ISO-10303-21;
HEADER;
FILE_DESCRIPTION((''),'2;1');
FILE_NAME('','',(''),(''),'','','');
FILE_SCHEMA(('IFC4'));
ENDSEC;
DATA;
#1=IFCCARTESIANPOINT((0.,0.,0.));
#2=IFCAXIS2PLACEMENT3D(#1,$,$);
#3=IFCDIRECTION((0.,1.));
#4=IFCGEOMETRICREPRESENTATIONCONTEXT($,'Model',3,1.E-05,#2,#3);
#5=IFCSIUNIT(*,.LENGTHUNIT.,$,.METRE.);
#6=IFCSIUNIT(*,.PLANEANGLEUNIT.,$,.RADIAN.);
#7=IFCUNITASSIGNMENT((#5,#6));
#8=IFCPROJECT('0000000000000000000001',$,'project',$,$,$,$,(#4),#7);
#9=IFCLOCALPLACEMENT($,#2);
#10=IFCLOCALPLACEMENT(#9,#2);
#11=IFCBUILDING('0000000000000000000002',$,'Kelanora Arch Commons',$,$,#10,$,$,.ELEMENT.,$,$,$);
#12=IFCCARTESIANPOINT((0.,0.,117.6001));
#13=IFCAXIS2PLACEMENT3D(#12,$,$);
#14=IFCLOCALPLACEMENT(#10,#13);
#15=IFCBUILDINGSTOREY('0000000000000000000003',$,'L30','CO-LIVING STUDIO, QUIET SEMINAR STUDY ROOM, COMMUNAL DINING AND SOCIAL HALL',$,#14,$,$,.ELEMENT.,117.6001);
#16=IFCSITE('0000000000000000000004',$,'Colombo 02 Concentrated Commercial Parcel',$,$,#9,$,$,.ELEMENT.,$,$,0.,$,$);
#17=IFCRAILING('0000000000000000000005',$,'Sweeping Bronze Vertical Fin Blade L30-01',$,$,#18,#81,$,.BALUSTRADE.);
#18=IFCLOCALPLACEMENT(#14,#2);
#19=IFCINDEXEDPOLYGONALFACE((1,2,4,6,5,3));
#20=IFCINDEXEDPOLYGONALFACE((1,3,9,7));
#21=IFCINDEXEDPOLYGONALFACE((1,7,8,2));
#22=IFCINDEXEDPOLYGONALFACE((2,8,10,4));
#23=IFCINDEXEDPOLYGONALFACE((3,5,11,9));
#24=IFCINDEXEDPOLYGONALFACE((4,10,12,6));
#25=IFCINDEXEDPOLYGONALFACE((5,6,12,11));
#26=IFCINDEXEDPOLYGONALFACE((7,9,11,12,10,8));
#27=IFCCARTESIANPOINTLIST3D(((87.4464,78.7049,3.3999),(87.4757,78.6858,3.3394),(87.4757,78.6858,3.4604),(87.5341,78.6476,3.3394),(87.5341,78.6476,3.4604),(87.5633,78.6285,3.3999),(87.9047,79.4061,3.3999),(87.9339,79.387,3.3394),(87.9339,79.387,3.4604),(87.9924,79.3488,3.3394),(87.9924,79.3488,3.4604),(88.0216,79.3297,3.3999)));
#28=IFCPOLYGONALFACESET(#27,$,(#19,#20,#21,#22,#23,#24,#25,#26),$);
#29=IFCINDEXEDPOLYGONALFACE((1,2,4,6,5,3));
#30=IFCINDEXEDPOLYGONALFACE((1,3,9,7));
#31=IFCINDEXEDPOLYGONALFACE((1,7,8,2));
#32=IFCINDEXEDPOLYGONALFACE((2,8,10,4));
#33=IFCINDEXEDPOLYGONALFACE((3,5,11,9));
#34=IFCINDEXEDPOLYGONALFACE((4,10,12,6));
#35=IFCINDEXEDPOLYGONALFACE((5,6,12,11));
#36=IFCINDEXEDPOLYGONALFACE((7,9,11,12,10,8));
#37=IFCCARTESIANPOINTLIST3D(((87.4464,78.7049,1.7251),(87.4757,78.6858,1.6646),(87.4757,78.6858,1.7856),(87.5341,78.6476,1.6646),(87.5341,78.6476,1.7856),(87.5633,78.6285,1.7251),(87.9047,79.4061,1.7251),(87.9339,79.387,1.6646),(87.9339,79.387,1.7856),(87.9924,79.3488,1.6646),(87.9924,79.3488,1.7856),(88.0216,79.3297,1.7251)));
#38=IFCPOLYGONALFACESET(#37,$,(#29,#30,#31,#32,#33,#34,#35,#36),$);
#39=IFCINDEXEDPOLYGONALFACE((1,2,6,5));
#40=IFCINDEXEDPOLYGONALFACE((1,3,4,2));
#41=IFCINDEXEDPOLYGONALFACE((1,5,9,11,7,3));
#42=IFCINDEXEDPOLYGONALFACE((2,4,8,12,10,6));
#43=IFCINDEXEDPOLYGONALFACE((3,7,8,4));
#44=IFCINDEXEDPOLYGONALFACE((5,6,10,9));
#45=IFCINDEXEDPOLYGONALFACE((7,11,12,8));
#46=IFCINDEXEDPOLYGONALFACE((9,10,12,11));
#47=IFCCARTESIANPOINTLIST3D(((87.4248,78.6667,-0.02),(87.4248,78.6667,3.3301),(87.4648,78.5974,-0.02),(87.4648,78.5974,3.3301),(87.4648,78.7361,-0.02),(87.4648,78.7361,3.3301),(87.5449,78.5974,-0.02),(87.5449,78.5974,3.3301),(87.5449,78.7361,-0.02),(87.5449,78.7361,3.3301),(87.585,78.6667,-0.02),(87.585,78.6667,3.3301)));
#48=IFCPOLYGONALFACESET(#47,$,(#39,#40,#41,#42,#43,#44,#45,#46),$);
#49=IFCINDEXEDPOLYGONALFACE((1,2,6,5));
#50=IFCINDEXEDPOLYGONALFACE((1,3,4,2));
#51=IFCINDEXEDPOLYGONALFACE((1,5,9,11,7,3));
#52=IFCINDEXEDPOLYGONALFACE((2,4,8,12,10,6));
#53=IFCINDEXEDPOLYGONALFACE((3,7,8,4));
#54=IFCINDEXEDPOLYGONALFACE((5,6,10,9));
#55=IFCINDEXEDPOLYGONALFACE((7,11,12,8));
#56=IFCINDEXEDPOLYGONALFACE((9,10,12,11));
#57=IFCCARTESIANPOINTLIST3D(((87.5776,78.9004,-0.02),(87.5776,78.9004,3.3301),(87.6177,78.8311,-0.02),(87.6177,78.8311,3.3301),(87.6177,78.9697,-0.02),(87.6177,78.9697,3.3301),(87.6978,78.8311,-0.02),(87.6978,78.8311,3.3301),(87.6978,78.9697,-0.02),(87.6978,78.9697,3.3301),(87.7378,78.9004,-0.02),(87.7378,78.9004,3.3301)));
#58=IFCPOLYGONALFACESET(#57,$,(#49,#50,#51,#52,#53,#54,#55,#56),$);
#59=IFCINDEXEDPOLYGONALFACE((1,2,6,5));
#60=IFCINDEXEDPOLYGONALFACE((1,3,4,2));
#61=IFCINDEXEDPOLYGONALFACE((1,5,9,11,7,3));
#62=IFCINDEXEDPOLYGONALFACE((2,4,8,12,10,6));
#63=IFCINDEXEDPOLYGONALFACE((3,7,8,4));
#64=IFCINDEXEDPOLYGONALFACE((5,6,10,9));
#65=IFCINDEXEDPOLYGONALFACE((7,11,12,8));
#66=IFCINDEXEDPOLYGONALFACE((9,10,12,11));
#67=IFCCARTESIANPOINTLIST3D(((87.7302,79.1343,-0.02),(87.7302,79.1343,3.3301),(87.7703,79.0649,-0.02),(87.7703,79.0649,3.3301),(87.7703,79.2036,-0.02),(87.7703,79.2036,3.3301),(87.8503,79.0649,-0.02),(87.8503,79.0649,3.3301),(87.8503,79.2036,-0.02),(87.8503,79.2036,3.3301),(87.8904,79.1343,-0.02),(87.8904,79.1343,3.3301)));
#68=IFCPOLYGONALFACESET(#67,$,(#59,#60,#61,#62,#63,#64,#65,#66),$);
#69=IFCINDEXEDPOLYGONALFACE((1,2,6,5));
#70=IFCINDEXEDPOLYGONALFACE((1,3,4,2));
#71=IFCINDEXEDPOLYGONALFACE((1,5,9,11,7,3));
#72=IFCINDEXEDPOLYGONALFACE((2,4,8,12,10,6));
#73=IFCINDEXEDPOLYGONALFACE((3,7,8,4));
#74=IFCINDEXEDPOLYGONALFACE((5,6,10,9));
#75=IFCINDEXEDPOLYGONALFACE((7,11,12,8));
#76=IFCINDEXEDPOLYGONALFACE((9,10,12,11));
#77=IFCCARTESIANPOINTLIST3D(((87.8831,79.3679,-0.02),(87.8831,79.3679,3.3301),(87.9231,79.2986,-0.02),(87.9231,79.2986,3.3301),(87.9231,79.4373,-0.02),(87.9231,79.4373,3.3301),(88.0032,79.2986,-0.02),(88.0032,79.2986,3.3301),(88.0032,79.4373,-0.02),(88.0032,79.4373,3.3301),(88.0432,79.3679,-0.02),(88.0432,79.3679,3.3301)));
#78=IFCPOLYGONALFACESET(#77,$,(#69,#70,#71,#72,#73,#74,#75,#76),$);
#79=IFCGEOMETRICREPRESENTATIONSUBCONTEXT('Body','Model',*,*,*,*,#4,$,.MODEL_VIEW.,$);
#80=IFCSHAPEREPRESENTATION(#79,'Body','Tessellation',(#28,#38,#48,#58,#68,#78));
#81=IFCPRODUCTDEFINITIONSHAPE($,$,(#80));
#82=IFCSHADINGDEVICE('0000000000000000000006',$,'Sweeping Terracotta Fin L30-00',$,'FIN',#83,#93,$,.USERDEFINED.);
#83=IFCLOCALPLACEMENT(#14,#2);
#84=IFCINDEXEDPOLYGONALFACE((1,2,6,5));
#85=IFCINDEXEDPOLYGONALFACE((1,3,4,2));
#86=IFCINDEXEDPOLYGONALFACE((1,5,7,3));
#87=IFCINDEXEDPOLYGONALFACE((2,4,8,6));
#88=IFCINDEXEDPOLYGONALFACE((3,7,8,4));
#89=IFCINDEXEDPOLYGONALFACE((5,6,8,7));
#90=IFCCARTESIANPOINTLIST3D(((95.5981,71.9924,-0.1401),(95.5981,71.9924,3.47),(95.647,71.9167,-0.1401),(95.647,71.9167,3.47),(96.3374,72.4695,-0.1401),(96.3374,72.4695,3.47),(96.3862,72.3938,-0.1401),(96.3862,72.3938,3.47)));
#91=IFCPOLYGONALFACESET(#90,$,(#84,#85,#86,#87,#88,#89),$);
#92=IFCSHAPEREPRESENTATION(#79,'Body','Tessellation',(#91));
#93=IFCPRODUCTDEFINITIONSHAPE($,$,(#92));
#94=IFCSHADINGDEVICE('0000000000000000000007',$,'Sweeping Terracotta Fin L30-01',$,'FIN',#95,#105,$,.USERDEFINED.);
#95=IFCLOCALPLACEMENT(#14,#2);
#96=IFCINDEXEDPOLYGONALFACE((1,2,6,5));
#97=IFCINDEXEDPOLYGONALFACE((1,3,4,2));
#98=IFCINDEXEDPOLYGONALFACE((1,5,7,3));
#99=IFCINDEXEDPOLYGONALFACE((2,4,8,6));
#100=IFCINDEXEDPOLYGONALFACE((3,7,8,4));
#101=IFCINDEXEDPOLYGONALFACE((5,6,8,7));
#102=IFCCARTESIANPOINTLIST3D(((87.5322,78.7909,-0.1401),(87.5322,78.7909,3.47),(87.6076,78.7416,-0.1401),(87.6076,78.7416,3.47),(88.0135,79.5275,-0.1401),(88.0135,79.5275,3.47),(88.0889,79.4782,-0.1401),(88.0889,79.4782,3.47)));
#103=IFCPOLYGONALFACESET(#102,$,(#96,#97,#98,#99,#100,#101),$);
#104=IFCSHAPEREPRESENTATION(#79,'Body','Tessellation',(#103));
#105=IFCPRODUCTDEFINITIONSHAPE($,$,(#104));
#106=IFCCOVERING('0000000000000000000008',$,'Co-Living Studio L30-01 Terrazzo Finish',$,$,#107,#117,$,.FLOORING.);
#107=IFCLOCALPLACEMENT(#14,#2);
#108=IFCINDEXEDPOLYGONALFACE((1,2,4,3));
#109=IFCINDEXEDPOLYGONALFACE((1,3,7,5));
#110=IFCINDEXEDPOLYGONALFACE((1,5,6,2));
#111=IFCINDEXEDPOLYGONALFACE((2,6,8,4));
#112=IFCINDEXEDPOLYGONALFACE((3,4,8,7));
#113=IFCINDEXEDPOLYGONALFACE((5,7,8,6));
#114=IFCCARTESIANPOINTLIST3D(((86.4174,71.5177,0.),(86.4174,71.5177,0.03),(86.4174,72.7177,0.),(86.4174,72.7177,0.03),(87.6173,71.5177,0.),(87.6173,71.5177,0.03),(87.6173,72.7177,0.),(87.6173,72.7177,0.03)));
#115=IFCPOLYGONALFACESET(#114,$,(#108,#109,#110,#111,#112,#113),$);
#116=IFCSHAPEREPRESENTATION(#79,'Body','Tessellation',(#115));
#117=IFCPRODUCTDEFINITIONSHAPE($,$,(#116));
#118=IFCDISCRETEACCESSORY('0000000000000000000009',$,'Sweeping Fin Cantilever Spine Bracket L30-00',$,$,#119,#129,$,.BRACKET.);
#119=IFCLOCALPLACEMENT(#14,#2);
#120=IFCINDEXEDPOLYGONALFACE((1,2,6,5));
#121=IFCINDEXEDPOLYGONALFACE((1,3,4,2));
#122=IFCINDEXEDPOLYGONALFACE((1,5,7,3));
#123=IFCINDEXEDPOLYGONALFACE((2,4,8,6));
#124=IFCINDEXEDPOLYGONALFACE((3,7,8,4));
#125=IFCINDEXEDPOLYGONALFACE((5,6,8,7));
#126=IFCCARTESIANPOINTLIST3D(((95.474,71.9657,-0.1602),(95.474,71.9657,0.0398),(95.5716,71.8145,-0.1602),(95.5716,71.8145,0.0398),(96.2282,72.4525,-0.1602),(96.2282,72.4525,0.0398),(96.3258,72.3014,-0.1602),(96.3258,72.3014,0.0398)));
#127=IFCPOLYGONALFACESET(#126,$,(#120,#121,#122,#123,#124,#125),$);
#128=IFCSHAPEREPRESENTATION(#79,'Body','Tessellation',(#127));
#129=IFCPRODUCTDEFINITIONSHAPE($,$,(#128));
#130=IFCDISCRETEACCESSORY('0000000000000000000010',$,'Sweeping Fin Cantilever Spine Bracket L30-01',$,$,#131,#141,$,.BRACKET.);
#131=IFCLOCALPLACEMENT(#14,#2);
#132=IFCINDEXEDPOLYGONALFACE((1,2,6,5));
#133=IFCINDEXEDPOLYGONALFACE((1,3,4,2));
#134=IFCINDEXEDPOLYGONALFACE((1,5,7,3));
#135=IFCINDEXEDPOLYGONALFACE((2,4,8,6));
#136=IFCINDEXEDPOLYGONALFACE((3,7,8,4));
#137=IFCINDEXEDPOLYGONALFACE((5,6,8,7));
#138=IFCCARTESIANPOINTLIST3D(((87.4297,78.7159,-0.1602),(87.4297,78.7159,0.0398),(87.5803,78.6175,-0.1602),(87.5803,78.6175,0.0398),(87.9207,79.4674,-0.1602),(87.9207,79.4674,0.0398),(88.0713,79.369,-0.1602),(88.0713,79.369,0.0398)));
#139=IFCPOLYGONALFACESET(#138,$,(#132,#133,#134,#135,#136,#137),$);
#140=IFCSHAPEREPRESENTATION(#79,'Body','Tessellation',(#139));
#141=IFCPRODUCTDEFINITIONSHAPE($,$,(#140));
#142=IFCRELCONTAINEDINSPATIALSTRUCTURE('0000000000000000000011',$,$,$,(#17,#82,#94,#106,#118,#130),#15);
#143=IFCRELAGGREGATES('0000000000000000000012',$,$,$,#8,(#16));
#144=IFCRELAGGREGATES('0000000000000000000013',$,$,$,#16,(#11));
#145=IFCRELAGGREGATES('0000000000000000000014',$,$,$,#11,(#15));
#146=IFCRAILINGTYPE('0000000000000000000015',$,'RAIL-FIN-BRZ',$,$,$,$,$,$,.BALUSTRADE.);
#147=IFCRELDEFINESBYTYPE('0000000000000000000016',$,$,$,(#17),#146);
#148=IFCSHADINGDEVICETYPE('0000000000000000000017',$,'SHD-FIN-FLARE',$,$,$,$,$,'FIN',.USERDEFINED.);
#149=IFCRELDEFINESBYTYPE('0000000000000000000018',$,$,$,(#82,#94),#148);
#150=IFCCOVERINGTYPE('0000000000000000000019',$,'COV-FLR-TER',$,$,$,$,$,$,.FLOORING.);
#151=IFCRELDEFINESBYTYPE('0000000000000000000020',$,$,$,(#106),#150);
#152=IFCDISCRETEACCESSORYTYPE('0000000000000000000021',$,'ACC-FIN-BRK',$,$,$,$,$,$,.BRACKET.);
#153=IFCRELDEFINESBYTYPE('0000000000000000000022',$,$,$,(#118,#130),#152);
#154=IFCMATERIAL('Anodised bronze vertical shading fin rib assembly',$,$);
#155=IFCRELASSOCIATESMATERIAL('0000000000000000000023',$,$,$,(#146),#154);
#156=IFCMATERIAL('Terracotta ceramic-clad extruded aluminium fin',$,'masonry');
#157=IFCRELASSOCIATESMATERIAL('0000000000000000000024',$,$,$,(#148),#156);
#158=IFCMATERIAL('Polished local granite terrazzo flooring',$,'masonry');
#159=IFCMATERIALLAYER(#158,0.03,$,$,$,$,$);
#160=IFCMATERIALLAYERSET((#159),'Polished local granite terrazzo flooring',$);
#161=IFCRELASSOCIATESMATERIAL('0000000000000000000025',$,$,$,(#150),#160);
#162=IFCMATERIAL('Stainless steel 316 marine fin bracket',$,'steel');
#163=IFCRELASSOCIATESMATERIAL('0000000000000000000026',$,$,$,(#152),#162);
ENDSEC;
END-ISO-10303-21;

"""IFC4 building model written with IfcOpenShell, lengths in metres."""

from ifc_helpers import new_model, si_unit, direction, frame, origin, origin_2d, place, context, subcontext, project, spatial, polyline, rectangle, outline, extrude, source, transform, mapped, material, layer, layer_set, type_object, element, save


model = new_model("IFC4")

# Units and contexts
model_context = context("Model", 3, precision=1e-05, world=origin(), true_north=direction((0.0, 1.0)))
body_context = subcontext(model_context, "Body", "Model", "MODEL_VIEW")
ifc_project = project(units=[si_unit("LENGTHUNIT", "METRE"), si_unit("PLANEANGLEUNIT", "RADIAN")], contexts=[model_context])

# Site, building, storey
site_placement = place(None, origin())
site = spatial("IfcSite", under=ifc_project, at=site_placement, Name="Colombo 02 Concentrated Commercial Parcel", CompositionType="ELEMENT", RefElevation=0.0)
building_placement = place(site_placement, origin())
building = spatial("IfcBuilding", under=site, at=building_placement, Name="Kelanora Arch Commons", CompositionType="ELEMENT")
storey_placement = place(building_placement, frame((0.0, 0.0, 117.6001)))
storey = spatial("IfcBuildingStorey", under=building, at=storey_placement, Name="L30", Description="CO-LIVING STUDIO, QUIET SEMINAR STUDY ROOM, COMMUNAL DINING AND SOCIAL HALL", CompositionType="ELEMENT", Elevation=117.6001)

# Railing
ifc_material_1 = material(Name="Anodised bronze vertical shading fin rib assembly")
railing_type = type_object("IfcRailingType", Name="RAIL-FIN-BRZ", PredefinedType="BALUSTRADE", material=ifc_material_1)
railing_1_placement = place(storey_placement, frame((87.5049, 78.6667, -0.02)))
element("IfcRailing", 1, at=railing_1_placement, inside=storey, type_object=railing_type, Name="Sweeping Bronze Vertical Fin Blade L30-01", PredefinedType="BALUSTRADE", context=body_context, shape_type="SweptSolid", body=[
    extrude(outline(polyline([(0.0698, 0.0), (0.0349, 0.0605), (-0.0349, 0.0605), (-0.0698, 0.0), (-0.0349, -0.0605), (0.0349, -0.0605), (0.0698, 0.0)])), frame((0.0, 0.0, 3.4199), z_axis=(0.547077, 0.837083, 0.0), x_axis=(-0.837083, 0.547077, 0.0)), (0.0, 0.0, 1.0), 0.8376),
    extrude(outline(polyline([(0.0698, 0.0), (0.0349, 0.0605), (-0.0349, 0.0605), (-0.0698, 0.0), (-0.0349, -0.0605), (0.0349, -0.0605), (0.0698, 0.0)])), frame((0.0, 0.0, 1.7451), z_axis=(0.547077, 0.837083, 0.0), x_axis=(-0.837083, 0.547077, 0.0)), (0.0, 0.0, 1.0), 0.8376),
    extrude(outline(polyline([(0.0801, 0.0), (0.04, 0.0693), (-0.04, 0.0693), (-0.0801, 0.0), (-0.04, -0.0693), (0.04, -0.0693), (0.0801, 0.0)])), origin(), (0.0, 0.0, 1.0), 3.3501),
    extrude(outline(polyline([(0.0801, 0.0), (0.04, 0.0693), (-0.04, 0.0693), (-0.0801, 0.0), (-0.04, -0.0693), (0.04, -0.0693), (0.0801, 0.0)])), frame((0.1528, 0.2336, 0.0)), (0.0, 0.0, 1.0), 3.3501),
    extrude(outline(polyline([(0.0801, 0.0), (0.04, 0.0693), (-0.04, 0.0693), (-0.0801, 0.0), (-0.04, -0.0693), (0.04, -0.0693), (0.0801, 0.0)])), frame((0.3054, 0.4675, 0.0)), (0.0, 0.0, 1.0), 3.3501),
    extrude(outline(polyline([(0.0801, 0.0), (0.04, 0.0693), (-0.04, 0.0693), (-0.0801, 0.0), (-0.04, -0.0693), (0.04, -0.0693), (0.0801, 0.0)])), frame((0.4583, 0.7012, 0.0)), (0.0, 0.0, 1.0), 3.3501),
])

# Shading devices
ifc_material_2 = material(Name="Terracotta ceramic-clad extruded aluminium fin", Category="masonry")
shading_device_type = type_object("IfcShadingDeviceType", Name="SHD-FIN-FLARE", ElementType="FIN", PredefinedType="USERDEFINED", material=ifc_material_2)
shared_shape_1 = source(origin(), body_context, "Body", "SweptSolid", [
    extrude(rectangle(XDim=0.8799, YDim=0.0901, at=origin_2d()), origin(), (0.0, 0.0, 1.0), 3.6101),
])
for number, where, z_axis, x_axis, name in (
    (2, (95.9922, 72.1931, -0.1401), (0.0, 0.0, 1.0), (0.840188, 0.542295, 0.0), "Sweeping Terracotta Fin L30-00"),
    (3, (87.8105, 79.1345, -0.1401), (0.0, 0.0, 1.0), (0.546979, 0.837146, 0.0), "Sweeping Terracotta Fin L30-01"),
):
    element("IfcShadingDevice", number, at=place(storey_placement, frame(where, z_axis=z_axis, x_axis=x_axis)), inside=storey, type_object=shading_device_type, Name=name, ObjectType="FIN", PredefinedType="USERDEFINED", context=body_context, shape_type="MappedRepresentation", body=[
        mapped(shared_shape_1, transform((0.0, 0.0, 0.0), scale=1.0)),
    ])

# Covering
ifc_material_3 = material(Name="Polished local granite terrazzo flooring", Category="masonry")
ifc_layer_1 = layer(ifc_material_3, 0.03)
ifc_layer_set_1 = layer_set([ifc_layer_1], Name="Polished local granite terrazzo flooring")
covering_type = type_object("IfcCoveringType", Name="COV-FLR-TER", PredefinedType="FLOORING", material=ifc_layer_set_1)
shared_shape_2 = source(origin(), body_context, "Body", "SweptSolid", [
    extrude(rectangle(XDim=1.2, YDim=1.2, at=origin_2d()), origin(), (0.0, 0.0, 1.0), 0.03),
])
covering_placement = place(storey_placement, frame((87.0173, 72.1177, 0.0), z_axis=(0.0, 0.0, 1.0), x_axis=(1.0, 0.0, 0.0)))
element("IfcCovering", 4, at=covering_placement, inside=storey, type_object=covering_type, Name="Co-Living Studio L30-01 Terrazzo Finish", PredefinedType="FLOORING", context=body_context, shape_type="MappedRepresentation", body=[
    mapped(shared_shape_2, transform((0.0, 0.0, 0.0), scale=1.0)),
])

# Discrete accessories
ifc_material_4 = material(Name="Stainless steel 316 marine fin bracket", Category="steel")
discrete_accessory_type = type_object("IfcDiscreteAccessoryType", Name="ACC-FIN-BRK", PredefinedType="BRACKET", material=ifc_material_4)
shared_shape_3 = source(origin(), body_context, "Body", "SweptSolid", [
    extrude(rectangle(XDim=0.8977, YDim=0.1799, at=origin_2d()), origin(), (0.0, 0.0, 1.0), 0.2),
])
for number, where, z_axis, x_axis, name in (
    (5, (95.8999, 72.1335, -0.1602), (0.0, 0.0, 1.0), (0.840188, 0.542295, 0.0), "Sweeping Fin Cantilever Spine Bracket L30-00"),
    (6, (87.7505, 79.0425, -0.1602), (0.0, 0.0, 1.0), (0.546979, 0.837146, 0.0), "Sweeping Fin Cantilever Spine Bracket L30-01"),
):
    element("IfcDiscreteAccessory", number, at=place(storey_placement, frame(where, z_axis=z_axis, x_axis=x_axis)), inside=storey, type_object=discrete_accessory_type, Name=name, PredefinedType="BRACKET", context=body_context, shape_type="MappedRepresentation", body=[
        mapped(shared_shape_3, transform((0.0, 0.0, 0.0), scale=1.0)),
    ])

save(model, "model.ifc")
